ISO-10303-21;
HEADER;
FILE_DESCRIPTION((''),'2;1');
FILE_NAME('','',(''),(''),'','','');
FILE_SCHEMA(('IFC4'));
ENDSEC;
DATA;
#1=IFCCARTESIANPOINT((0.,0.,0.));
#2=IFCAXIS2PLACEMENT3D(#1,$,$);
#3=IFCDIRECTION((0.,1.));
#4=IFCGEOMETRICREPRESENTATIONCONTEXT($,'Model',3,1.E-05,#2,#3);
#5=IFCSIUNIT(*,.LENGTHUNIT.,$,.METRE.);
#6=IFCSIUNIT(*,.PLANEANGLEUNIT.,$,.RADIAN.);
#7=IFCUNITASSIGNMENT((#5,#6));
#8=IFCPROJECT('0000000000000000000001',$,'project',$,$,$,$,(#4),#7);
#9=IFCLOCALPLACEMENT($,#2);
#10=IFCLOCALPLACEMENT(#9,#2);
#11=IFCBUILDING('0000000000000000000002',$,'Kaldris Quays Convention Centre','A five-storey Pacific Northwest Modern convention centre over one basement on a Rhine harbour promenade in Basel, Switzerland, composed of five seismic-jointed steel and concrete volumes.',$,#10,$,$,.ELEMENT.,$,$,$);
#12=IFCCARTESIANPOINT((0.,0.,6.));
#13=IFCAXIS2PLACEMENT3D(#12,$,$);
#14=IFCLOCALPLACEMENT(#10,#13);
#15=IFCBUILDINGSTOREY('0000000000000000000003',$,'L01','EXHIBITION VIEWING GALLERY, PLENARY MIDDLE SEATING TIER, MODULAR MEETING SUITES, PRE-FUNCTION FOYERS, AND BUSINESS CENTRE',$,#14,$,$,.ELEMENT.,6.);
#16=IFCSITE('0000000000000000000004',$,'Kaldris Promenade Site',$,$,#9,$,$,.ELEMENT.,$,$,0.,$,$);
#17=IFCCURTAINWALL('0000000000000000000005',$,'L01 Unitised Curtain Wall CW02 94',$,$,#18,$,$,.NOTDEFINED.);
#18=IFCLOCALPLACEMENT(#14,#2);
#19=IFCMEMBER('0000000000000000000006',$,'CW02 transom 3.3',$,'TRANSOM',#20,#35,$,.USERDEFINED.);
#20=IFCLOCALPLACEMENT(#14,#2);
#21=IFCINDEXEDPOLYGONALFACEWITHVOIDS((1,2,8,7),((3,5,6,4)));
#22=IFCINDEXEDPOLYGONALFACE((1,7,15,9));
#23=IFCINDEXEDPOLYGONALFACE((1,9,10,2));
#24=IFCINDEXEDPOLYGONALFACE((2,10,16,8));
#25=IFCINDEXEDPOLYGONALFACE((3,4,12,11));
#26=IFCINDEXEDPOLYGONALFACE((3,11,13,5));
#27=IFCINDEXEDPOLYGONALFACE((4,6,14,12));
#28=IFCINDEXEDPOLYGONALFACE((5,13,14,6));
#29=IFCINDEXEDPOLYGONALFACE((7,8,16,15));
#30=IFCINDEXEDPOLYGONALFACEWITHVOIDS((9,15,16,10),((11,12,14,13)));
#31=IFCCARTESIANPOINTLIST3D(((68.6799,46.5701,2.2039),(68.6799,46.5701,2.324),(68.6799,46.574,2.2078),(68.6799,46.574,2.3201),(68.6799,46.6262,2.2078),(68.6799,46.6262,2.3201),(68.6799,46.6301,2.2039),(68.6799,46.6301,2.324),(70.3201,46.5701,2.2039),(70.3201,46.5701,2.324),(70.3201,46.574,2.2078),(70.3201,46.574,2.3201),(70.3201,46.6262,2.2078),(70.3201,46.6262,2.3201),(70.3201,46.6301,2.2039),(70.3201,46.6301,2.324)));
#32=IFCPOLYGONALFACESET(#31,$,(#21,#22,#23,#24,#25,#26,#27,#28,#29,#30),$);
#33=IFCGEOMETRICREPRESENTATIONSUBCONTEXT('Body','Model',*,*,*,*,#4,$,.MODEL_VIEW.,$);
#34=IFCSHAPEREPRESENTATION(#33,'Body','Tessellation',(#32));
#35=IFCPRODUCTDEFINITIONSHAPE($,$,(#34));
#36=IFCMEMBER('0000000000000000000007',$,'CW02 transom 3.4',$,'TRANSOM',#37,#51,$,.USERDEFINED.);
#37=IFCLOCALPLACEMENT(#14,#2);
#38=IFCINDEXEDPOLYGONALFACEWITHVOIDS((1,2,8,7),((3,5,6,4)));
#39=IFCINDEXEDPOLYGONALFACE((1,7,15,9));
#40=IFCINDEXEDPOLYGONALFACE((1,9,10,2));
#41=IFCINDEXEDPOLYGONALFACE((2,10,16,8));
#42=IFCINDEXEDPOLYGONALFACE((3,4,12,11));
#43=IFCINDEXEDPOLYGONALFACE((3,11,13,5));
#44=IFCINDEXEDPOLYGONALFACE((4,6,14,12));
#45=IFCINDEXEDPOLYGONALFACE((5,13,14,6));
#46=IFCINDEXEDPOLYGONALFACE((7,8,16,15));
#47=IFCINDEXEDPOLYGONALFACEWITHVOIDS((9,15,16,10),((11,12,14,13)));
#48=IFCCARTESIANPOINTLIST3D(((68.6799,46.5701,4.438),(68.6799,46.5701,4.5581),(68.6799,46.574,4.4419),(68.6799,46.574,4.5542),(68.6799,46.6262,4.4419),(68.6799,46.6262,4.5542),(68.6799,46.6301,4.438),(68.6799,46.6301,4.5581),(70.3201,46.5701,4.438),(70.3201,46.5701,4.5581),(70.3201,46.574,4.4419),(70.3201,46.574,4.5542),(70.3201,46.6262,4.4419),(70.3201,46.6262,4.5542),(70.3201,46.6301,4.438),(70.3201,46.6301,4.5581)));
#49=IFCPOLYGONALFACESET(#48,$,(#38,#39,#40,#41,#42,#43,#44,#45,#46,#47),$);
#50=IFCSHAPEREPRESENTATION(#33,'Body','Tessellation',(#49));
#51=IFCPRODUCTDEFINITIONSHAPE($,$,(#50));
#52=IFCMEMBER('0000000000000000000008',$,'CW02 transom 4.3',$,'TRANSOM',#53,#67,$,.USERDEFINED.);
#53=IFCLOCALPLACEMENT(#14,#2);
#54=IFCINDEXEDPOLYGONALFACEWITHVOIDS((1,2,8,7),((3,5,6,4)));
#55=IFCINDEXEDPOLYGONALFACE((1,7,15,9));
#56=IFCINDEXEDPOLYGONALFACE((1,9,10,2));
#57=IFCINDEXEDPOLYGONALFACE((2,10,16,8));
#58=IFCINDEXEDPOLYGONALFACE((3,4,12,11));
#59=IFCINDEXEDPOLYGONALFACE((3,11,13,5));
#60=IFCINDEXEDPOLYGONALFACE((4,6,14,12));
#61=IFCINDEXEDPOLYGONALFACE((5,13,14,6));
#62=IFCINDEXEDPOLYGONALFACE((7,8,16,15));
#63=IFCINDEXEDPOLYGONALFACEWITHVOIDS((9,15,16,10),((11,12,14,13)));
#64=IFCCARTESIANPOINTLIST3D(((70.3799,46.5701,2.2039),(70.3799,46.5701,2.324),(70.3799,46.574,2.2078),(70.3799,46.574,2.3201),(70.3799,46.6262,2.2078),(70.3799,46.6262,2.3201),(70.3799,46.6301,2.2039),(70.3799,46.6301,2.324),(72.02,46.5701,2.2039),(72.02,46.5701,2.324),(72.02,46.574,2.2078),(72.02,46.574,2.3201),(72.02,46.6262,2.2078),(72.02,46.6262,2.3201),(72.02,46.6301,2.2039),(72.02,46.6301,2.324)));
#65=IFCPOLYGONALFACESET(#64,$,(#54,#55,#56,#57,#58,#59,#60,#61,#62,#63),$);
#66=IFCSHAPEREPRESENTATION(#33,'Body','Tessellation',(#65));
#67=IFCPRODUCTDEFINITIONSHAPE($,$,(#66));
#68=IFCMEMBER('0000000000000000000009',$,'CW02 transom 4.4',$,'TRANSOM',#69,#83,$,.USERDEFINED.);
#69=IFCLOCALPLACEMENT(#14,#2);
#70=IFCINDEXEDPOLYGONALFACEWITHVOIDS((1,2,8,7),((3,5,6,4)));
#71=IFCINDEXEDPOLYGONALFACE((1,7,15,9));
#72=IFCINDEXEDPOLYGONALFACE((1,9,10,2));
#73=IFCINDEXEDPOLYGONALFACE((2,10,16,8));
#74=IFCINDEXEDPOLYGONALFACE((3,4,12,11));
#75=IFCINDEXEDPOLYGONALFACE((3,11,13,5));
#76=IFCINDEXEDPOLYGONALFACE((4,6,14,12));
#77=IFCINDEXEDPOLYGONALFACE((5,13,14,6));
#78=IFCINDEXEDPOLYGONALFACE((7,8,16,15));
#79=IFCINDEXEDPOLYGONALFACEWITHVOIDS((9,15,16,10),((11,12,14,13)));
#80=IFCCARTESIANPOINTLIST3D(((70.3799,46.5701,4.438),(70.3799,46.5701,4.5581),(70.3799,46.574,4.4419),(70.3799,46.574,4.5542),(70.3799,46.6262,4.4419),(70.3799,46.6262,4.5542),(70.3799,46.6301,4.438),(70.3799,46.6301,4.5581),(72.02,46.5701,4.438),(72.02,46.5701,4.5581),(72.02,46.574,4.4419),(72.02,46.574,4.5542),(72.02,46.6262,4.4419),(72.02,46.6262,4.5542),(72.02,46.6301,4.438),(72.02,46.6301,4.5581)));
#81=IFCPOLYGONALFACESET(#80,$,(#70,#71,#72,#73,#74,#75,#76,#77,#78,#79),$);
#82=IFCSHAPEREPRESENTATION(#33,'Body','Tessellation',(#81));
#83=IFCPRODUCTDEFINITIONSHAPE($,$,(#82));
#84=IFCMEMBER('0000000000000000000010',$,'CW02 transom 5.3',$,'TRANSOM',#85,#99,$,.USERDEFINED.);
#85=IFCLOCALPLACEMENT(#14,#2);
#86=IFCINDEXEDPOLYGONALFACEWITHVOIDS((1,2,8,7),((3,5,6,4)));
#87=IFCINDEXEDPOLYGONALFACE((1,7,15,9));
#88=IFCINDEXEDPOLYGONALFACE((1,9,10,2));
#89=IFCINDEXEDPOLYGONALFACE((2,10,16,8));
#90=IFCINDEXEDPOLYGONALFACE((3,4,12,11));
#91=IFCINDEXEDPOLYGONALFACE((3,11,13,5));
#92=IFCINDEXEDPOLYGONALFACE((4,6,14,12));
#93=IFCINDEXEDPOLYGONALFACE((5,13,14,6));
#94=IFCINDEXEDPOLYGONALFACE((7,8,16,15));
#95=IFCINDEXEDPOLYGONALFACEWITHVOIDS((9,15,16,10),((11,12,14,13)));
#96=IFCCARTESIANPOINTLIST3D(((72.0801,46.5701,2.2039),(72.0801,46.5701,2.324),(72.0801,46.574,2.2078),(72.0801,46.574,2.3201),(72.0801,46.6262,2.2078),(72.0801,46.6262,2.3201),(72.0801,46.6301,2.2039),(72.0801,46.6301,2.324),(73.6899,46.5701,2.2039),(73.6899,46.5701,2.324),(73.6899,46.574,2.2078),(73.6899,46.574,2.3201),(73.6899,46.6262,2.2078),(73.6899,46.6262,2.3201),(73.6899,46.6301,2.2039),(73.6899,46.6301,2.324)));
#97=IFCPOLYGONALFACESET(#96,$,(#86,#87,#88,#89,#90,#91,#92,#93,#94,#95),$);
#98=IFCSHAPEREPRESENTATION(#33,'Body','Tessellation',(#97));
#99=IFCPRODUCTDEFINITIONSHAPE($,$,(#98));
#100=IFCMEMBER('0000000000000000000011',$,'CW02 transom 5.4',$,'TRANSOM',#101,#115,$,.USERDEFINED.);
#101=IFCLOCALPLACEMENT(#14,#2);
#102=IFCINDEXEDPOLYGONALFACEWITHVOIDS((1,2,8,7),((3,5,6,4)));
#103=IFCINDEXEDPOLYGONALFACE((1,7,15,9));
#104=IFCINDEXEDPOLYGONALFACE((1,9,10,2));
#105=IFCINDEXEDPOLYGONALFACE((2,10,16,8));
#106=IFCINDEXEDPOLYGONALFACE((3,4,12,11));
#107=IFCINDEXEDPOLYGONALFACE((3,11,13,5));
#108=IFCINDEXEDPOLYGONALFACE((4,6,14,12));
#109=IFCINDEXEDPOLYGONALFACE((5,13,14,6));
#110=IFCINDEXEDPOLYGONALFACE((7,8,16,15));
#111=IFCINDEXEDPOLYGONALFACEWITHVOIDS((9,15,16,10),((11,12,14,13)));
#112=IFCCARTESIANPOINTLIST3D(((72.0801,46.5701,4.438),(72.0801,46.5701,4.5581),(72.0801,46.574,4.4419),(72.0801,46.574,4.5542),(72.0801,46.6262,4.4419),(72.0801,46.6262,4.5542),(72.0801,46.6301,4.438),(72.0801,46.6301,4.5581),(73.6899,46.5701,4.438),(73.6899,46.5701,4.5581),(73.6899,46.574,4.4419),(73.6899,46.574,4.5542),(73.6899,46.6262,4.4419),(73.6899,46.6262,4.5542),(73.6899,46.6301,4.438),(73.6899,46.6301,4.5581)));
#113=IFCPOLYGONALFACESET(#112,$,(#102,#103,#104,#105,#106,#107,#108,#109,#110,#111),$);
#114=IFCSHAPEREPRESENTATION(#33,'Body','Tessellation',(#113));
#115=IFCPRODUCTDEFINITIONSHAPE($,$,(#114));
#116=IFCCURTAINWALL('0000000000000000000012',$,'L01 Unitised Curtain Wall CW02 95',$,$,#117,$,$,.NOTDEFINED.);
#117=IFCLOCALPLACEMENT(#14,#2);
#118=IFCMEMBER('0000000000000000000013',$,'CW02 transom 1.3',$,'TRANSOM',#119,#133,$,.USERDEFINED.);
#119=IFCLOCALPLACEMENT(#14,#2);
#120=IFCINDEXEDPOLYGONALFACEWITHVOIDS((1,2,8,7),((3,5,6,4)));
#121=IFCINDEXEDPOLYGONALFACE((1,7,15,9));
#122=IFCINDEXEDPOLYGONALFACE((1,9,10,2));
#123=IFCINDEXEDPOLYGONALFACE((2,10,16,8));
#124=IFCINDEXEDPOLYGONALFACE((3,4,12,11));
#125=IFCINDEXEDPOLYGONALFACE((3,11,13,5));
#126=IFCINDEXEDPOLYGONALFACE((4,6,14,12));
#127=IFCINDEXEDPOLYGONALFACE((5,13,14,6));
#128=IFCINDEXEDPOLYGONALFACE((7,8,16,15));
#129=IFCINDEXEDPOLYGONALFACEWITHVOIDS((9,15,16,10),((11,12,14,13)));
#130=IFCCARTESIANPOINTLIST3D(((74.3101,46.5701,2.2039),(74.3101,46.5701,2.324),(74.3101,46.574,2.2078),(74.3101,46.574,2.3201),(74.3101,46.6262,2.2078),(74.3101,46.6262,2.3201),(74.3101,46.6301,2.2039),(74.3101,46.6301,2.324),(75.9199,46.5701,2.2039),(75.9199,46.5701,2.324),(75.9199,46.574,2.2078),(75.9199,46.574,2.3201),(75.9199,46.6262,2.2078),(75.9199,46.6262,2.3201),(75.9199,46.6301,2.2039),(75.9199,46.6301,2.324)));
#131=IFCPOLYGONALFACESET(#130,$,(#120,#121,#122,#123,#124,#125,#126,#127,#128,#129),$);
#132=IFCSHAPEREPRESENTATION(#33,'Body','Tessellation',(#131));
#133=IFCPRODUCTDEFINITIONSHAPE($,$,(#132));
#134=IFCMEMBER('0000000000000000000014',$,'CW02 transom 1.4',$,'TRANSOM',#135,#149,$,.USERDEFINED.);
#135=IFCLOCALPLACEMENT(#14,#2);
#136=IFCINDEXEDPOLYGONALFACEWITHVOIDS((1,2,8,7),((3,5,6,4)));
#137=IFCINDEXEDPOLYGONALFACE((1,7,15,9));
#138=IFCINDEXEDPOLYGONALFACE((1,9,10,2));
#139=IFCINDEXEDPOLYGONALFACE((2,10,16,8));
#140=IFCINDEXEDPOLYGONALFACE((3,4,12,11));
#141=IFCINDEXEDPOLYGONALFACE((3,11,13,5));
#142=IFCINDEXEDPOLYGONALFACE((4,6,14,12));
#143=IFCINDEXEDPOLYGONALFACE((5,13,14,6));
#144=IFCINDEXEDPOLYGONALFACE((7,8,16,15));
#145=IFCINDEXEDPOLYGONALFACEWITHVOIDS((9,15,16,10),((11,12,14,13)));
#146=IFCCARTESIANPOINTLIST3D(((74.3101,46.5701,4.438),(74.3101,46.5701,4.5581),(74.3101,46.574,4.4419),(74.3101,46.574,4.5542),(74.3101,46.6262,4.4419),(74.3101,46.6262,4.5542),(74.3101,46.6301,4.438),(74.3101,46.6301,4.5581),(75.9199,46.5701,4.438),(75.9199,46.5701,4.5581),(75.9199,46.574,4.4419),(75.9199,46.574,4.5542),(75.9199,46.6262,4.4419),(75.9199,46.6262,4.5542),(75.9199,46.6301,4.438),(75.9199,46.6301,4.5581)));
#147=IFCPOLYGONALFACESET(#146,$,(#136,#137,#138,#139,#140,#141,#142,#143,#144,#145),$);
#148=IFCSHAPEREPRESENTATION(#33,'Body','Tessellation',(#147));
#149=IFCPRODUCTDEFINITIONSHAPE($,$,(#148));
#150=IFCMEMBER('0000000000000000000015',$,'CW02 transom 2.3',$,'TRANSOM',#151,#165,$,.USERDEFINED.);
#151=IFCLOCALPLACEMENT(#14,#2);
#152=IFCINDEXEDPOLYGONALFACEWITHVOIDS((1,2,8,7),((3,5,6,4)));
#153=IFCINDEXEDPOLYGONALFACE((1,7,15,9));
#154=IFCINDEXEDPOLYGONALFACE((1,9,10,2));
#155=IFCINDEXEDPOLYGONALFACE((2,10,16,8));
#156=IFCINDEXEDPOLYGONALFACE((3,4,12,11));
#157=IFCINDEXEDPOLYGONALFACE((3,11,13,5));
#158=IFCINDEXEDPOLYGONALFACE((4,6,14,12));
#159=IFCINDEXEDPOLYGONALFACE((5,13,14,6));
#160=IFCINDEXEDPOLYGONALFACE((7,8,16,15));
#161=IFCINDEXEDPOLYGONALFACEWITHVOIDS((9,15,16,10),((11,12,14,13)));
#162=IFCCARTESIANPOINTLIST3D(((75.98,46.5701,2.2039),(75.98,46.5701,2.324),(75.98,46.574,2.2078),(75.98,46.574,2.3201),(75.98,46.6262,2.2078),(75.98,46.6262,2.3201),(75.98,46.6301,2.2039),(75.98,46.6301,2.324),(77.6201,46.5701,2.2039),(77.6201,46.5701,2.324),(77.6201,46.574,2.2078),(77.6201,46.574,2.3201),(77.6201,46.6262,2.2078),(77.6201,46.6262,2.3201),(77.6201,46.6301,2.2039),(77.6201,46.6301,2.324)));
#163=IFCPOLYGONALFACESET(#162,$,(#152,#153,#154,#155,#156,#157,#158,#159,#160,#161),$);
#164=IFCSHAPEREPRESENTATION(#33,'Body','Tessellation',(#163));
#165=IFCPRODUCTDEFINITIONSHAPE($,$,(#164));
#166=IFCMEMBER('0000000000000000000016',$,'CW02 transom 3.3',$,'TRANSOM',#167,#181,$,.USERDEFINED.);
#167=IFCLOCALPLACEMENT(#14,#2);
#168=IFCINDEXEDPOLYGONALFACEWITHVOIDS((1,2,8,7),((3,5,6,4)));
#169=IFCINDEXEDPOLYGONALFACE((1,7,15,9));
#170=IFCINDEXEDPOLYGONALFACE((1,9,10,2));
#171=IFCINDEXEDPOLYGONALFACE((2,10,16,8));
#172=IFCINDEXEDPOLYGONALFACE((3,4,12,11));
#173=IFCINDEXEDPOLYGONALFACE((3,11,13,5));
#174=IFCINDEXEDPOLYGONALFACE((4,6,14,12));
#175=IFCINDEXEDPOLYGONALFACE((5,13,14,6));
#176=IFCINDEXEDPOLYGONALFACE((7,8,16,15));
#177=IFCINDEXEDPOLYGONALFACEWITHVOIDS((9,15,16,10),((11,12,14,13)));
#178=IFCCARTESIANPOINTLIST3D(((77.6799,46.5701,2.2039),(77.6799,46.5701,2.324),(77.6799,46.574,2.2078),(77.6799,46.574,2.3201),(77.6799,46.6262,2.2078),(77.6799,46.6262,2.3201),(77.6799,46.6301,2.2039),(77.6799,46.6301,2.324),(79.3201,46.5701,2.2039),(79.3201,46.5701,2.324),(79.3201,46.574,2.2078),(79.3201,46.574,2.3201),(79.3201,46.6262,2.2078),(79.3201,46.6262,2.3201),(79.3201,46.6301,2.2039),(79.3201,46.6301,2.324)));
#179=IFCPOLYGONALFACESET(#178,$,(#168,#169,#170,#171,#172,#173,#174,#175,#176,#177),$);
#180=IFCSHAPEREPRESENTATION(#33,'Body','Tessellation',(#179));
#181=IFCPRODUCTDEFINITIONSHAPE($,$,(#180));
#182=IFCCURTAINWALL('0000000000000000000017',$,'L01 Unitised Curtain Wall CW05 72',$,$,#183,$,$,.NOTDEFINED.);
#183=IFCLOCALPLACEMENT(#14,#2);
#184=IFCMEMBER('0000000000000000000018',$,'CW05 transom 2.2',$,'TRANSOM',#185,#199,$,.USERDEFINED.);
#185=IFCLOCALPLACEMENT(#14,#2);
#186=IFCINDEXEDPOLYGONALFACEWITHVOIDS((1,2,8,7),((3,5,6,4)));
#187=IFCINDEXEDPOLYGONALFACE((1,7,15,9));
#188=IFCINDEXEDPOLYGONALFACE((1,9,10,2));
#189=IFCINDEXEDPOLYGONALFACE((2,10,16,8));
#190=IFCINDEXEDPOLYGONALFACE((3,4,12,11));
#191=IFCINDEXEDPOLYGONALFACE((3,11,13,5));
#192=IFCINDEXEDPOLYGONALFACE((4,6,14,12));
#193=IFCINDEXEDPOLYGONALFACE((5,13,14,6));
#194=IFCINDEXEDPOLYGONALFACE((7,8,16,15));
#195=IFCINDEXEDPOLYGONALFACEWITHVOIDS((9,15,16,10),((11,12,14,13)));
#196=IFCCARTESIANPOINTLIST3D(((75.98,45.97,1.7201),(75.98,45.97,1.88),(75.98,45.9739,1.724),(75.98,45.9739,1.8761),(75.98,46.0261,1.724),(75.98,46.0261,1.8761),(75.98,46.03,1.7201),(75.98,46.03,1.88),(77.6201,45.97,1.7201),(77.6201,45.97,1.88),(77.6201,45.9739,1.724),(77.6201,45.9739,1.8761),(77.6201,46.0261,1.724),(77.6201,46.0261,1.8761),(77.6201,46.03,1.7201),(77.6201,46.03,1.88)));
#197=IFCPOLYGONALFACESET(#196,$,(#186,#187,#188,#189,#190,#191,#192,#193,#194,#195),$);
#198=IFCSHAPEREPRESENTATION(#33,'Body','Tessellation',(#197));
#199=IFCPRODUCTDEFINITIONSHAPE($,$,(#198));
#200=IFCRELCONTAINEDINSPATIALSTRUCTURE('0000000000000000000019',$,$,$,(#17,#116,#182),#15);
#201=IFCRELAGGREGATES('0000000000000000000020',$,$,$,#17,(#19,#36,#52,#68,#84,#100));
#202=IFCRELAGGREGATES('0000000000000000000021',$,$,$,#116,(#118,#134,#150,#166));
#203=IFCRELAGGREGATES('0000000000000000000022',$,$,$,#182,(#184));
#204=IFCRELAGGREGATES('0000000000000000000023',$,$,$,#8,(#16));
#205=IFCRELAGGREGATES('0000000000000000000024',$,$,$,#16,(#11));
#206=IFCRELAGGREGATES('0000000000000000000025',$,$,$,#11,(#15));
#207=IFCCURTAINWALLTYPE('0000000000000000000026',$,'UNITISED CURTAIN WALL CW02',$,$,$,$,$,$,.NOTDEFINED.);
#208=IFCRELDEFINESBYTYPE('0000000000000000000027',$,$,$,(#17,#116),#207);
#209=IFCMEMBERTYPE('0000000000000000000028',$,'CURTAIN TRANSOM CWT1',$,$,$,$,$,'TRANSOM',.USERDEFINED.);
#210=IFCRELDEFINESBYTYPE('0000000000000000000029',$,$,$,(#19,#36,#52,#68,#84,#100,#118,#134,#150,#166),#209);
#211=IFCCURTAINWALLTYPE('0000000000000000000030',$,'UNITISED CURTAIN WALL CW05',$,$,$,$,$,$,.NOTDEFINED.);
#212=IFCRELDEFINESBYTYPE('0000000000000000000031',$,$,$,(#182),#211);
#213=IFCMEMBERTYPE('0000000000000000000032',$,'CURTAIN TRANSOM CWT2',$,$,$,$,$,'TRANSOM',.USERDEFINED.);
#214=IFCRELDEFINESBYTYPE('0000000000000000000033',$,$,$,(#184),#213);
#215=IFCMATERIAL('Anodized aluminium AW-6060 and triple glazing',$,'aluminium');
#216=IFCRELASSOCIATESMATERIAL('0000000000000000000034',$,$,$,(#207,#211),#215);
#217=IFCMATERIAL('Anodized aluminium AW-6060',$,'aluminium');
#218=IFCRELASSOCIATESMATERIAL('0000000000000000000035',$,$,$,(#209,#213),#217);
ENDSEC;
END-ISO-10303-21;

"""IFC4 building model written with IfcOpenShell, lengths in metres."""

from ifc_helpers import new_model, si_unit, direction, frame, origin, origin_2d, place, context, subcontext, project, spatial, hollow_rectangle, extrude, material, material_profile, profile_set, type_object, element, aggregate, save


model = new_model("IFC4")

# Units and contexts
model_context = context("Model", 3, precision=1e-05, world=origin(), true_north=direction((0.0, 1.0)))
body_context = subcontext(model_context, "Body", "Model", "MODEL_VIEW")
ifc_project = project(units=[si_unit("LENGTHUNIT", "METRE"), si_unit("PLANEANGLEUNIT", "RADIAN")], contexts=[model_context])

# Site, building, storey
site_placement = place(None, origin())
site = spatial("IfcSite", under=ifc_project, at=site_placement, Name="Kaldris Promenade Site", CompositionType="ELEMENT", RefElevation=0.0)
building_placement = place(site_placement, origin())
building = spatial("IfcBuilding", under=site, at=building_placement, Name="Kaldris Quays Convention Centre", Description="A five-storey Pacific Northwest Modern convention centre over one basement on a Rhine harbour promenade in Basel, Switzerland, composed of five seismic-jointed steel and concrete volumes.", CompositionType="ELEMENT")
storey_placement = place(building_placement, frame((0.0, 0.0, 6.0)))
storey = spatial("IfcBuildingStorey", under=building, at=storey_placement, Name="L01", Description="EXHIBITION VIEWING GALLERY, PLENARY MIDDLE SEATING TIER, MODULAR MEETING SUITES, PRE-FUNCTION FOYERS, AND BUSINESS CENTRE", CompositionType="ELEMENT", Elevation=6.0)

# Curtain walls, members
ifc_material_1 = material(Name="Anodized aluminium AW-6060 and triple glazing", Category="aluminium")
curtain_wall_type_1 = type_object("IfcCurtainWallType", Name="UNITISED CURTAIN WALL CW02", PredefinedType="NOTDEFINED", material=ifc_material_1)
curtain_wall_1_placement = place(storey_placement, origin())
curtain_wall_1 = element("IfcCurtainWall", 1, at=curtain_wall_1_placement, inside=storey, type_object=curtain_wall_type_1, Name="L01 Unitised Curtain Wall CW02 94", PredefinedType="NOTDEFINED")
ifc_material_2 = material(Name="Anodized aluminium AW-6060", Category="aluminium")
ifc_material_profile_1 = material_profile(ifc_material_2, hollow_rectangle(XDim=0.0601, YDim=0.1201, WallThickness=0.0039, at=origin_2d()), Name="RHS 120x60x4")
ifc_profile_set_1 = profile_set([ifc_material_profile_1], Name="Anodized aluminium AW-6060")
member_type_1 = type_object("IfcMemberType", Name="CURTAIN TRANSOM CWT1", ElementType="TRANSOM", PredefinedType="USERDEFINED", material=ifc_profile_set_1)
member_1_placement = place(storey_placement, frame((68.6799, 46.6001, 2.2639), z_axis=(1.0, 0.0, 0.0), x_axis=(0.0, 1.0, 0.0)))
member_1 = element("IfcMember", 2, at=member_1_placement, type_object=member_type_1, Name="CW02 transom 3.3", ObjectType="TRANSOM", PredefinedType="USERDEFINED", context=body_context, shape_type="SweptSolid", body=[
    extrude(hollow_rectangle(XDim=0.0601, YDim=0.1201, WallThickness=0.0039, at=origin_2d()), origin(), (0.0, 0.0, 1.0), 1.6401),
])
member_2_placement = place(storey_placement, frame((68.6799, 46.6001, 4.498), z_axis=(1.0, 0.0, 0.0), x_axis=(0.0, 1.0, 0.0)))
member_2 = element("IfcMember", 3, at=member_2_placement, type_object=member_type_1, Name="CW02 transom 3.4", ObjectType="TRANSOM", PredefinedType="USERDEFINED", context=body_context, shape_type="SweptSolid", body=[
    extrude(hollow_rectangle(XDim=0.0601, YDim=0.1201, WallThickness=0.0039, at=origin_2d()), origin(), (0.0, 0.0, 1.0), 1.6401),
])
member_3_placement = place(storey_placement, frame((70.3799, 46.6001, 2.2639), z_axis=(1.0, 0.0, 0.0), x_axis=(0.0, 1.0, 0.0)))
member_3 = element("IfcMember", 4, at=member_3_placement, type_object=member_type_1, Name="CW02 transom 4.3", ObjectType="TRANSOM", PredefinedType="USERDEFINED", context=body_context, shape_type="SweptSolid", body=[
    extrude(hollow_rectangle(XDim=0.0601, YDim=0.1201, WallThickness=0.0039, at=origin_2d()), origin(), (0.0, 0.0, 1.0), 1.6401),
])
member_4_placement = place(storey_placement, frame((70.3799, 46.6001, 4.498), z_axis=(1.0, 0.0, 0.0), x_axis=(0.0, 1.0, 0.0)))
member_4 = element("IfcMember", 5, at=member_4_placement, type_object=member_type_1, Name="CW02 transom 4.4", ObjectType="TRANSOM", PredefinedType="USERDEFINED", context=body_context, shape_type="SweptSolid", body=[
    extrude(hollow_rectangle(XDim=0.0601, YDim=0.1201, WallThickness=0.0039, at=origin_2d()), origin(), (0.0, 0.0, 1.0), 1.6401),
])
member_5_placement = place(storey_placement, frame((72.0801, 46.6001, 2.2639), z_axis=(1.0, 0.0, 0.0), x_axis=(0.0, 1.0, 0.0)))
member_5 = element("IfcMember", 6, at=member_5_placement, type_object=member_type_1, Name="CW02 transom 5.3", ObjectType="TRANSOM", PredefinedType="USERDEFINED", context=body_context, shape_type="SweptSolid", body=[
    extrude(hollow_rectangle(XDim=0.0601, YDim=0.1201, WallThickness=0.0039, at=origin_2d()), origin(), (0.0, 0.0, 1.0), 1.6099),
])
member_6_placement = place(storey_placement, frame((72.0801, 46.6001, 4.498), z_axis=(1.0, 0.0, 0.0), x_axis=(0.0, 1.0, 0.0)))
member_6 = element("IfcMember", 7, at=member_6_placement, type_object=member_type_1, Name="CW02 transom 5.4", ObjectType="TRANSOM", PredefinedType="USERDEFINED", context=body_context, shape_type="SweptSolid", body=[
    extrude(hollow_rectangle(XDim=0.0601, YDim=0.1201, WallThickness=0.0039, at=origin_2d()), origin(), (0.0, 0.0, 1.0), 1.6099),
])
curtain_wall_2_placement = place(storey_placement, origin())
curtain_wall_2 = element("IfcCurtainWall", 8, at=curtain_wall_2_placement, inside=storey, type_object=curtain_wall_type_1, Name="L01 Unitised Curtain Wall CW02 95", PredefinedType="NOTDEFINED")
member_7_placement = place(storey_placement, frame((74.3101, 46.6001, 2.2639), z_axis=(1.0, 0.0, 0.0), x_axis=(0.0, 1.0, 0.0)))
member_7 = element("IfcMember", 9, at=member_7_placement, type_object=member_type_1, Name="CW02 transom 1.3", ObjectType="TRANSOM", PredefinedType="USERDEFINED", context=body_context, shape_type="SweptSolid", body=[
    extrude(hollow_rectangle(XDim=0.0601, YDim=0.1201, WallThickness=0.0039, at=origin_2d()), origin(), (0.0, 0.0, 1.0), 1.6099),
])
member_8_placement = place(storey_placement, frame((74.3101, 46.6001, 4.498), z_axis=(1.0, 0.0, 0.0), x_axis=(0.0, 1.0, 0.0)))
member_8 = element("IfcMember", 10, at=member_8_placement, type_object=member_type_1, Name="CW02 transom 1.4", ObjectType="TRANSOM", PredefinedType="USERDEFINED", context=body_context, shape_type="SweptSolid", body=[
    extrude(hollow_rectangle(XDim=0.0601, YDim=0.1201, WallThickness=0.0039, at=origin_2d()), origin(), (0.0, 0.0, 1.0), 1.6099),
])
member_9_placement = place(storey_placement, frame((75.98, 46.6001, 2.2639), z_axis=(1.0, 0.0, 0.0), x_axis=(0.0, 1.0, 0.0)))
member_9 = element("IfcMember", 11, at=member_9_placement, type_object=member_type_1, Name="CW02 transom 2.3", ObjectType="TRANSOM", PredefinedType="USERDEFINED", context=body_context, shape_type="SweptSolid", body=[
    extrude(hollow_rectangle(XDim=0.0601, YDim=0.1201, WallThickness=0.0039, at=origin_2d()), origin(), (0.0, 0.0, 1.0), 1.6401),
])
member_10_placement = place(storey_placement, frame((77.6799, 46.6001, 2.2639), z_axis=(1.0, 0.0, 0.0), x_axis=(0.0, 1.0, 0.0)))
member_10 = element("IfcMember", 12, at=member_10_placement, type_object=member_type_1, Name="CW02 transom 3.3", ObjectType="TRANSOM", PredefinedType="USERDEFINED", context=body_context, shape_type="SweptSolid", body=[
    extrude(hollow_rectangle(XDim=0.0601, YDim=0.1201, WallThickness=0.0039, at=origin_2d()), origin(), (0.0, 0.0, 1.0), 1.6401),
])
curtain_wall_type_2 = type_object("IfcCurtainWallType", Name="UNITISED CURTAIN WALL CW05", PredefinedType="NOTDEFINED", material=ifc_material_1)
curtain_wall_3_placement = place(storey_placement, origin())
curtain_wall_3 = element("IfcCurtainWall", 13, at=curtain_wall_3_placement, inside=storey, type_object=curtain_wall_type_2, Name="L01 Unitised Curtain Wall CW05 72", PredefinedType="NOTDEFINED")
ifc_material_profile_2 = material_profile(ifc_material_2, hollow_rectangle(XDim=0.0601, YDim=0.1599, WallThickness=0.0039, at=origin_2d()), Name="RHS 160x60x4")
ifc_profile_set_2 = profile_set([ifc_material_profile_2], Name="Anodized aluminium AW-6060")
member_type_2 = type_object("IfcMemberType", Name="CURTAIN TRANSOM CWT2", ElementType="TRANSOM", PredefinedType="USERDEFINED", material=ifc_profile_set_2)
member_11_placement = place(storey_placement, frame((75.98, 46.0, 1.8), z_axis=(1.0, 0.0, 0.0), x_axis=(0.0, 1.0, 0.0)))
member_11 = element("IfcMember", 14, at=member_11_placement, type_object=member_type_2, Name="CW05 transom 2.2", ObjectType="TRANSOM", PredefinedType="USERDEFINED", context=body_context, shape_type="SweptSolid", body=[
    extrude(hollow_rectangle(XDim=0.0601, YDim=0.1599, WallThickness=0.0039, at=origin_2d()), origin(), (0.0, 0.0, 1.0), 1.6401),
])

aggregate(curtain_wall_1, [member_1, member_2, member_3, member_4, member_5, member_6])
aggregate(curtain_wall_2, [member_7, member_8, member_9, member_10])
aggregate(curtain_wall_3, [member_11])

save(model, "model.ifc")
